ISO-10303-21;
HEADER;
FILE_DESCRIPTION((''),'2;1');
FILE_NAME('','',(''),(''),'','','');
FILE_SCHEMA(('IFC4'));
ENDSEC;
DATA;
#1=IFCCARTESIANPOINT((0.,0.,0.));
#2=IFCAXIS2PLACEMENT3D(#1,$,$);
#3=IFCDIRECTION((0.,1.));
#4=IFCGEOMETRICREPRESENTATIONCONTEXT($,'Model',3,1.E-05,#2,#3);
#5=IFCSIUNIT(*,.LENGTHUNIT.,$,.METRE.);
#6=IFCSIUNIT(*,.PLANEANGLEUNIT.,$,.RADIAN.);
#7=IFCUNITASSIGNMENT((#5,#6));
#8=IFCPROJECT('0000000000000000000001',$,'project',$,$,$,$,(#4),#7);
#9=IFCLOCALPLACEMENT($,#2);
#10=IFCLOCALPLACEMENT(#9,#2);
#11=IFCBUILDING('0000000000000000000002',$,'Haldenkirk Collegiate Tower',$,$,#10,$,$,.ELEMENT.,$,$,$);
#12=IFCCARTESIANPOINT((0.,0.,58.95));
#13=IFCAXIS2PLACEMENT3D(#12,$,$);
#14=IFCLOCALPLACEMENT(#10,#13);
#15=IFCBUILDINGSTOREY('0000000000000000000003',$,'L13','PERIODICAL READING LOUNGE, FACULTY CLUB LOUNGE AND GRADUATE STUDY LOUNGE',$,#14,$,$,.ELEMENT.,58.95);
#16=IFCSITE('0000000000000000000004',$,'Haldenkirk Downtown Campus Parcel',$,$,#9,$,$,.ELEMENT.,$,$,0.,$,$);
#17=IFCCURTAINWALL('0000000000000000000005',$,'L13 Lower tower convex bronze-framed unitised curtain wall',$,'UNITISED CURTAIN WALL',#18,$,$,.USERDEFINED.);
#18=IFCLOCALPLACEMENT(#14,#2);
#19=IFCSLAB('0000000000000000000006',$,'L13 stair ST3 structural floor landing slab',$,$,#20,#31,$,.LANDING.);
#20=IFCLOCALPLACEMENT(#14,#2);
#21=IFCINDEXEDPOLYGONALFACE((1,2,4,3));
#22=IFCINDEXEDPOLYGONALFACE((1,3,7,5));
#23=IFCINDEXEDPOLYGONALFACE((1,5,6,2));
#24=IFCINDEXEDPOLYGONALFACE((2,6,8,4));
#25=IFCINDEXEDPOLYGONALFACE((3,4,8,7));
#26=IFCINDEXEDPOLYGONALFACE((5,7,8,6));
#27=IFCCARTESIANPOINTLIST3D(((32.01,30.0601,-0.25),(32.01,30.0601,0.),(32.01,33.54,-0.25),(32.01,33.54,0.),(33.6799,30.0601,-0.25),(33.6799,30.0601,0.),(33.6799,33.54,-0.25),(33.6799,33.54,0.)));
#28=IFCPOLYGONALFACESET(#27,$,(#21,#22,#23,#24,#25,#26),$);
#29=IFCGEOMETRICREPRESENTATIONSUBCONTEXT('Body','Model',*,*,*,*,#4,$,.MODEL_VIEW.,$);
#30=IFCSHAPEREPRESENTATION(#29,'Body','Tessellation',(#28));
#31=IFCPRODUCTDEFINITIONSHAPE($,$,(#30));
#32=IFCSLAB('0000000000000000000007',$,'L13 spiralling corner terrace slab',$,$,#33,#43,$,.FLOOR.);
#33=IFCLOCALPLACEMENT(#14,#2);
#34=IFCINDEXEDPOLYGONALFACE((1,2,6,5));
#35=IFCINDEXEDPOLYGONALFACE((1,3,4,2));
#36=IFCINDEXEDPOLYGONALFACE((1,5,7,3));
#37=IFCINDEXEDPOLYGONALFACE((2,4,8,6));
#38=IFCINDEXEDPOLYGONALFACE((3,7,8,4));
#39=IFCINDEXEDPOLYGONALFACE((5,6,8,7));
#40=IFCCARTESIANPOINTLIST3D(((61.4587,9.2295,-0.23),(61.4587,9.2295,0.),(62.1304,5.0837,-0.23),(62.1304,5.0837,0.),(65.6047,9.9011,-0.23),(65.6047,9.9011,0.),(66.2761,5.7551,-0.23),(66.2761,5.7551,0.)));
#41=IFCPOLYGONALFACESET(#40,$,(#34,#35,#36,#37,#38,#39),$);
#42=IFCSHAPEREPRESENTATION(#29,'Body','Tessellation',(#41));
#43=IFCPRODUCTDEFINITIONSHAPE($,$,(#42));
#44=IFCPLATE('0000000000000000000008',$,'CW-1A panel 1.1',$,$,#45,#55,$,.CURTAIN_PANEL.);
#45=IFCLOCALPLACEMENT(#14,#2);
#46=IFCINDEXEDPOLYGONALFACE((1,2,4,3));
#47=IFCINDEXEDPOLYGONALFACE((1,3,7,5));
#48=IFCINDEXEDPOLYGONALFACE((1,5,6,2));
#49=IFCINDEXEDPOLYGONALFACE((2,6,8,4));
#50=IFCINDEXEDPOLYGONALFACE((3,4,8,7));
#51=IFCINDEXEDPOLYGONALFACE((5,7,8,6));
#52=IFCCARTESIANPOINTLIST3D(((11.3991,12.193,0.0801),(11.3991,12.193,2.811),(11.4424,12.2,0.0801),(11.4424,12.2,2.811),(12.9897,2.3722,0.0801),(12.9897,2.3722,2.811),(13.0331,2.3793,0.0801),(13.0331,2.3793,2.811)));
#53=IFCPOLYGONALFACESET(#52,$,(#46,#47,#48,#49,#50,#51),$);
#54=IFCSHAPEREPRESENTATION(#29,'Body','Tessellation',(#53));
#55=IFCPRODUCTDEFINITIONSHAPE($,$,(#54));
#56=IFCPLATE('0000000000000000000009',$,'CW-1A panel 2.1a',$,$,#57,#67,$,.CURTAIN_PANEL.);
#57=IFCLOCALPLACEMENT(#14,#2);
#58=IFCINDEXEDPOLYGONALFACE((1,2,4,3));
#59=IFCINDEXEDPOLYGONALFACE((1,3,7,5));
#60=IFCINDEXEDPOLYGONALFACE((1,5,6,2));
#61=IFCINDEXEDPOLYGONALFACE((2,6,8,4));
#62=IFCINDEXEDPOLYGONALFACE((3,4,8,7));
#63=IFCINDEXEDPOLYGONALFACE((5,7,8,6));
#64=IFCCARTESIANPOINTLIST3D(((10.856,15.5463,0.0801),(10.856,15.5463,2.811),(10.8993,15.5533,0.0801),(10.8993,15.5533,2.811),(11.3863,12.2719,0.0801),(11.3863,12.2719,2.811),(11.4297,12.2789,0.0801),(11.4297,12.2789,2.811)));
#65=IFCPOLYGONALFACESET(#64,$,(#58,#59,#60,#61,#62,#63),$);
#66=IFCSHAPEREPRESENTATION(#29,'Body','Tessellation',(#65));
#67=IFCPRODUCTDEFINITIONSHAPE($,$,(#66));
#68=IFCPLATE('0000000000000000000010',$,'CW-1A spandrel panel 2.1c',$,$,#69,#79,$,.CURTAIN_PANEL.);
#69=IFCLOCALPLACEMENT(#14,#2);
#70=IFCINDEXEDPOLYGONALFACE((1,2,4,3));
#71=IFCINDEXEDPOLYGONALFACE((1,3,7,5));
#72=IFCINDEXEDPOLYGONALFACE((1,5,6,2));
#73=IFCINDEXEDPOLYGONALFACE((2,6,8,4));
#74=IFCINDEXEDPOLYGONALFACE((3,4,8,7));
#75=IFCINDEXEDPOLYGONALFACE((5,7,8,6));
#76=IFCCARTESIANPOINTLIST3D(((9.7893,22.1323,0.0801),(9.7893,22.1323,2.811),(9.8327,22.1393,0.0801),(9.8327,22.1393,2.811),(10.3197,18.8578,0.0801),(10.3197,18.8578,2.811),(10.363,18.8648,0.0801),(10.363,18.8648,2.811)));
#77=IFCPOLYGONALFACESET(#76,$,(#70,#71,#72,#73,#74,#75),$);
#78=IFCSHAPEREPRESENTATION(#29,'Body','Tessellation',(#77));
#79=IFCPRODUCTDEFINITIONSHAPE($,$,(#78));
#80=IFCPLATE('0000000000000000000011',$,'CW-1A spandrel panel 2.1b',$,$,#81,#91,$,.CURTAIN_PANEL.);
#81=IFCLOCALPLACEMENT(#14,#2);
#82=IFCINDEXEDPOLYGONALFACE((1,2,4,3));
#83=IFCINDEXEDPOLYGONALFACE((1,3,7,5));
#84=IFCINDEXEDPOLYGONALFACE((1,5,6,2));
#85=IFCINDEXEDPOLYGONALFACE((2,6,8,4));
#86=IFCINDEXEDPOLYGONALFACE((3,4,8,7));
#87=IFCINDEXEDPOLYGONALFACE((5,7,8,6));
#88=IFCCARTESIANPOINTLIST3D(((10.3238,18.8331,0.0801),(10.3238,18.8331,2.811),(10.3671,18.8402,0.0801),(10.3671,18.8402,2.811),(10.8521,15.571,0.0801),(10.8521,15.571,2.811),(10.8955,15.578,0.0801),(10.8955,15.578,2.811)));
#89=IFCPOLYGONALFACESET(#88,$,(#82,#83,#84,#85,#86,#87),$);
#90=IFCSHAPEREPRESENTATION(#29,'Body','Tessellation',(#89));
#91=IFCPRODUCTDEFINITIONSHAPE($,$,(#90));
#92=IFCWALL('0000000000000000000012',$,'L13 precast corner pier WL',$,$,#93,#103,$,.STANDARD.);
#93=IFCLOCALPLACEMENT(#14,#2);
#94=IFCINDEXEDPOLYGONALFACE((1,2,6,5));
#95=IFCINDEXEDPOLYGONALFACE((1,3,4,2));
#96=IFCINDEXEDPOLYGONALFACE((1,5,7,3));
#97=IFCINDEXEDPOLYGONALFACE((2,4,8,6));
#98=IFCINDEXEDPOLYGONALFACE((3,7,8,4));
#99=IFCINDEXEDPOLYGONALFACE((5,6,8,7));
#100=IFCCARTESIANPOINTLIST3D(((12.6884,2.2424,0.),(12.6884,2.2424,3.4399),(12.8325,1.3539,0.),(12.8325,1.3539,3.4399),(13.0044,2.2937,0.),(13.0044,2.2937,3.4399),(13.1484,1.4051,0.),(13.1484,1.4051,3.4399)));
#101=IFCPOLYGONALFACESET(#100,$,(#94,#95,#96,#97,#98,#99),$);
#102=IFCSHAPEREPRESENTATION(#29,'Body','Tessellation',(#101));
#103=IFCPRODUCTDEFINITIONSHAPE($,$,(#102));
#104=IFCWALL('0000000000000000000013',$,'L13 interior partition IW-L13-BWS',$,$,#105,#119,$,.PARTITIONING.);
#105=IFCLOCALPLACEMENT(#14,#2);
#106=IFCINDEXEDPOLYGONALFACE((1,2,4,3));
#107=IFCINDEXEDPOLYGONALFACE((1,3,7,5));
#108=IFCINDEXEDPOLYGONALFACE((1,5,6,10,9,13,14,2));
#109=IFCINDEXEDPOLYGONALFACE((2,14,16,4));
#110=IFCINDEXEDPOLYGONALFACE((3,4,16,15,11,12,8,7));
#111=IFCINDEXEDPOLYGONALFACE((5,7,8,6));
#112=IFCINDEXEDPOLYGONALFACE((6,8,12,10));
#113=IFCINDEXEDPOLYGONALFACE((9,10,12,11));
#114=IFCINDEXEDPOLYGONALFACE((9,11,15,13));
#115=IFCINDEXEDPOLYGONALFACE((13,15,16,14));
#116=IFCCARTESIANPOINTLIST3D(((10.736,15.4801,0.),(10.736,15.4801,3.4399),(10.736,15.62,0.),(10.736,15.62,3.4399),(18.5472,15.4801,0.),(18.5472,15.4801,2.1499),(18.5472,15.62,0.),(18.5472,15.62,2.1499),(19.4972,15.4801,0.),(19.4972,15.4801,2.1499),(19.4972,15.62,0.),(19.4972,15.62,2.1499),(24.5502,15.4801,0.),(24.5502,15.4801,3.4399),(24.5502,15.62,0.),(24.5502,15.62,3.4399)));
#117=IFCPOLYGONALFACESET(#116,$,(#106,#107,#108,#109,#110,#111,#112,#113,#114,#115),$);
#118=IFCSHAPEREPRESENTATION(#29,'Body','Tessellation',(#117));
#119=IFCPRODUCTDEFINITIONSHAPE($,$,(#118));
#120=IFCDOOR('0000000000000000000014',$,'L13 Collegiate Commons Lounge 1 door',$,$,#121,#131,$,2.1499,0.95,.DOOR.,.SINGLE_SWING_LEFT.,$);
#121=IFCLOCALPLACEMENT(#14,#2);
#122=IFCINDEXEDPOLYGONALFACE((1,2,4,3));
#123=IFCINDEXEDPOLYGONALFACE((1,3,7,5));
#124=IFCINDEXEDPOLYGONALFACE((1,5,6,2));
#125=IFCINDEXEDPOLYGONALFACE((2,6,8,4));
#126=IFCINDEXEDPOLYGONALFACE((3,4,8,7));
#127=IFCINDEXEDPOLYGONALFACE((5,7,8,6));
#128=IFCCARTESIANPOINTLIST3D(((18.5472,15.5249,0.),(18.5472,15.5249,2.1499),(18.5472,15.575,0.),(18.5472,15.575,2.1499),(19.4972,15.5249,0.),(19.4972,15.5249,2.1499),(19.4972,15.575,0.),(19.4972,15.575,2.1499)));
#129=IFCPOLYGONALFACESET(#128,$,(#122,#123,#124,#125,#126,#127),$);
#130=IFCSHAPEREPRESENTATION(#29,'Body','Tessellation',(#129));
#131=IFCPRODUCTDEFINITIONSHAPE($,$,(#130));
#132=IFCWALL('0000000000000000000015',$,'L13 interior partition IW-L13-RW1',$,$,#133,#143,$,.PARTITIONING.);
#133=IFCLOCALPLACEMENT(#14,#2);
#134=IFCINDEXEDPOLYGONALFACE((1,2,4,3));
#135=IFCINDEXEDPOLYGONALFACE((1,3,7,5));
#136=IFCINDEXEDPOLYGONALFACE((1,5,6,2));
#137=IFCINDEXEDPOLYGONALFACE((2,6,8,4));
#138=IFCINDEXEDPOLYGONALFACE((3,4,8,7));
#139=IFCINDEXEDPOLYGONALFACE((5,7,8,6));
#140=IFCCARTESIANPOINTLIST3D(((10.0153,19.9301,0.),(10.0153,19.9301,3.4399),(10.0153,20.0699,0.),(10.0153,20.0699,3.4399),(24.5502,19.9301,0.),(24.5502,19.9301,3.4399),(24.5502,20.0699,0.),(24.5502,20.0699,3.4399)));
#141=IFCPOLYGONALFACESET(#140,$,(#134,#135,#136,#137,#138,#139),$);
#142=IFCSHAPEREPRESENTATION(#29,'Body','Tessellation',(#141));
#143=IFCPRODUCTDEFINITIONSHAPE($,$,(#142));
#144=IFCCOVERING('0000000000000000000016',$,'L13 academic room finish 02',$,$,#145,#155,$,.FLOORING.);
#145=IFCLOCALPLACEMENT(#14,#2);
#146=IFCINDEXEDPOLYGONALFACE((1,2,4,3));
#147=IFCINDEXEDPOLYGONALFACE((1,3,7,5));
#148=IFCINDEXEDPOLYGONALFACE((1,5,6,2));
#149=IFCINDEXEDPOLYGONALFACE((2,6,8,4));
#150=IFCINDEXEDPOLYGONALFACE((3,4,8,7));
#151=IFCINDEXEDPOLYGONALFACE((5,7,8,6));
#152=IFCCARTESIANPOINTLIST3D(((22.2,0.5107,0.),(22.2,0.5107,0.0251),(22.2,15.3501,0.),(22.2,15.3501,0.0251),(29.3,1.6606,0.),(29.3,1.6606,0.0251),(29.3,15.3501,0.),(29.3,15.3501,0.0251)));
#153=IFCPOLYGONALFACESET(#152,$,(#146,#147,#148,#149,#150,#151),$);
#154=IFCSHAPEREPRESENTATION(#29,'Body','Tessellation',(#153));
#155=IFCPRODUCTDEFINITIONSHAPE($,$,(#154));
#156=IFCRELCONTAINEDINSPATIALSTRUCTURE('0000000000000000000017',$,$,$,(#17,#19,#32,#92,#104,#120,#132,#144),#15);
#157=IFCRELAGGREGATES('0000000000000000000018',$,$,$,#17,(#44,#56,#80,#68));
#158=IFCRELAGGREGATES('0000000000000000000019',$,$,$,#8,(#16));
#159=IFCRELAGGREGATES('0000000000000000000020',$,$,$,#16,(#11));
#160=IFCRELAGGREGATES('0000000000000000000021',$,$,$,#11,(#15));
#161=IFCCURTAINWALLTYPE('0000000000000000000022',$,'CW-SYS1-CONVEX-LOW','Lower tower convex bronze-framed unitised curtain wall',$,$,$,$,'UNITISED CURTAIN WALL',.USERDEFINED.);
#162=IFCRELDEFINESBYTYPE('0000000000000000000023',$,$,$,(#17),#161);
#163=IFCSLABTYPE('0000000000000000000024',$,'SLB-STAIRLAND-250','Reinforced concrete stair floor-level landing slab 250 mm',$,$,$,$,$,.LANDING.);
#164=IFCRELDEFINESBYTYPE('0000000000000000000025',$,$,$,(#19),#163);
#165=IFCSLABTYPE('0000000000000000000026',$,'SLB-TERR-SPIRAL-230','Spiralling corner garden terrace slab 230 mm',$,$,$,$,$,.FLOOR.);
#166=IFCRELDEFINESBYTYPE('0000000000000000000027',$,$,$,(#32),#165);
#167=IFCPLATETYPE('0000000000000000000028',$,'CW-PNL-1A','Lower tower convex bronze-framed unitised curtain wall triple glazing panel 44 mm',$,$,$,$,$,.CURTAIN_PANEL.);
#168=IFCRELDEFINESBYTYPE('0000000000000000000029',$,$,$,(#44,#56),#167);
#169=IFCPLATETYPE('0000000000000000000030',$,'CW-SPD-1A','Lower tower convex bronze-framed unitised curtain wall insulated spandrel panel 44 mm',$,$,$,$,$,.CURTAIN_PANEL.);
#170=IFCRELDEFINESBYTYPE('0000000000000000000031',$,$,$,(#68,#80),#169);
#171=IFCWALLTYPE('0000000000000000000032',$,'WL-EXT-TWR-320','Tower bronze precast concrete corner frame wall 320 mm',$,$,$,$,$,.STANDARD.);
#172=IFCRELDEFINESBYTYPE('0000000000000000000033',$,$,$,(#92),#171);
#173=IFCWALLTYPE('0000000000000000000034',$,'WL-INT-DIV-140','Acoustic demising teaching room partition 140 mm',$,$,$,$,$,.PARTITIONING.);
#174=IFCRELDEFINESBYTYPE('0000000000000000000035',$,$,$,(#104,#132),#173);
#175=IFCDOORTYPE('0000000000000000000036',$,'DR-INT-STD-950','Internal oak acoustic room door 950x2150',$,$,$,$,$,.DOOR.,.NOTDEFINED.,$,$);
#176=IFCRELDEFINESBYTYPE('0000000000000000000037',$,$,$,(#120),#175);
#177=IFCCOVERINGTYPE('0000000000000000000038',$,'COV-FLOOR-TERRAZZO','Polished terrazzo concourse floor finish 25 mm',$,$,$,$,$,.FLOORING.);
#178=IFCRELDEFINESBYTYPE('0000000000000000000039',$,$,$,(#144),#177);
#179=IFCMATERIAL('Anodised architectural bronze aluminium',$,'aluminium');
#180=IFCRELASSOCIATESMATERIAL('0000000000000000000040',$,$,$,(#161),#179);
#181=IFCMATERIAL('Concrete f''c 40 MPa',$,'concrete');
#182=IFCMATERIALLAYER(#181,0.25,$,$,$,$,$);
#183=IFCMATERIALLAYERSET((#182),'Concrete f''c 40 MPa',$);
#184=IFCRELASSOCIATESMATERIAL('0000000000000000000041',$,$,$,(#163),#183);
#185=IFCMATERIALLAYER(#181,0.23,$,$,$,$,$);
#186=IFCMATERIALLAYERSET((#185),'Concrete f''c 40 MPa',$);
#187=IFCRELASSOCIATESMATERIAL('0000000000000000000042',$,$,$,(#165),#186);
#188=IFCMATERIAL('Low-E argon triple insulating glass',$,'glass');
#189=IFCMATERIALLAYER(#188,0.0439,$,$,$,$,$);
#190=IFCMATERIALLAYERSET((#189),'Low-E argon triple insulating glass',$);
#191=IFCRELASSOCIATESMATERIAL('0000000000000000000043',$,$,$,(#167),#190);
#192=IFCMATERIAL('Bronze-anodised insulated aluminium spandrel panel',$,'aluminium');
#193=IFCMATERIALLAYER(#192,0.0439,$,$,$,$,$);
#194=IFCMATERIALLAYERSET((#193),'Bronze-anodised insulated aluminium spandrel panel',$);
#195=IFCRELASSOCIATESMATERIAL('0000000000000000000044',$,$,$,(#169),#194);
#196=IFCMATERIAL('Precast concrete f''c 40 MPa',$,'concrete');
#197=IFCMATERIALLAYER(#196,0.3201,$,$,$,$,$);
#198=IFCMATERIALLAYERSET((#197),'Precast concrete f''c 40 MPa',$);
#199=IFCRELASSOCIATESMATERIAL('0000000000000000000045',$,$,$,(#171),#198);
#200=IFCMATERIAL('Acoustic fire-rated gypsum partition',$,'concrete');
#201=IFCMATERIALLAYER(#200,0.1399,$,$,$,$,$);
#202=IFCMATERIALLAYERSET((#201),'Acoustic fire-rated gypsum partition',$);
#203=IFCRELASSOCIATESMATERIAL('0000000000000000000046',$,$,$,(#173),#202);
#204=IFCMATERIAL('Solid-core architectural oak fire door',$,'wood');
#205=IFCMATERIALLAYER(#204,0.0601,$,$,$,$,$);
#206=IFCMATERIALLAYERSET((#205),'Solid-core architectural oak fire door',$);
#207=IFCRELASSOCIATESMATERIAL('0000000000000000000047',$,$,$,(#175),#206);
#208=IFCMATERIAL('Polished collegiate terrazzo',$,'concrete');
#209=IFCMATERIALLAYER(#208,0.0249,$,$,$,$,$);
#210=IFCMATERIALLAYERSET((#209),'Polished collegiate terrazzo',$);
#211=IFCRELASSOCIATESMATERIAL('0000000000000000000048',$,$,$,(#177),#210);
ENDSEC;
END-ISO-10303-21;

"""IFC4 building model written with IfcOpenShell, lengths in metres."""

from ifc_helpers import new_model, si_unit, direction, frame, frame_2d, origin, origin_2d, place, context, subcontext, project, spatial, polyline, rectangle, outline, extrude, source, transform, mapped, material, layer, layer_set, type_object, element, fill, aggregate, save


model = new_model("IFC4")

# Units and contexts
model_context = context("Model", 3, precision=1e-05, world=origin(), true_north=direction((0.0, 1.0)))
body_context = subcontext(model_context, "Body", "Model", "MODEL_VIEW")
ifc_project = project(units=[si_unit("LENGTHUNIT", "METRE"), si_unit("PLANEANGLEUNIT", "RADIAN")], contexts=[model_context])

# Site, building, storey
site_placement = place(None, origin())
site = spatial("IfcSite", under=ifc_project, at=site_placement, Name="Haldenkirk Downtown Campus Parcel", CompositionType="ELEMENT", RefElevation=0.0)
building_placement = place(site_placement, origin())
building = spatial("IfcBuilding", under=site, at=building_placement, Name="Haldenkirk Collegiate Tower", CompositionType="ELEMENT")
storey_placement = place(building_placement, frame((0.0, 0.0, 58.95)))
storey = spatial("IfcBuildingStorey", under=building, at=storey_placement, Name="L13", Description="PERIODICAL READING LOUNGE, FACULTY CLUB LOUNGE AND GRADUATE STUDY LOUNGE", CompositionType="ELEMENT", Elevation=58.95)

# Curtain wall
ifc_material_1 = material(Name="Anodised architectural bronze aluminium", Category="aluminium")
curtain_wall_type = type_object("IfcCurtainWallType", Name="CW-SYS1-CONVEX-LOW", Description="Lower tower convex bronze-framed unitised curtain wall", ElementType="UNITISED CURTAIN WALL", PredefinedType="USERDEFINED", material=ifc_material_1)
curtain_wall_placement = place(storey_placement, origin())
curtain_wall = element("IfcCurtainWall", 1, at=curtain_wall_placement, inside=storey, type_object=curtain_wall_type, Name="L13 Lower tower convex bronze-framed unitised curtain wall", ObjectType="UNITISED CURTAIN WALL", PredefinedType="USERDEFINED")

# Shared definitions
ifc_material_2 = material(Name="Concrete f'c 40 MPa", Category="concrete")

# Slabs
ifc_layer_1 = layer(ifc_material_2, 0.25)
ifc_layer_set_1 = layer_set([ifc_layer_1], Name="Concrete f'c 40 MPa")
slab_type_1 = type_object("IfcSlabType", Name="SLB-STAIRLAND-250", Description="Reinforced concrete stair floor-level landing slab 250 mm", PredefinedType="LANDING", material=ifc_layer_set_1)
slab_1_placement = place(storey_placement, frame((0.0, 0.0, -0.25)))
element("IfcSlab", 2, at=slab_1_placement, inside=storey, type_object=slab_type_1, Name="L13 stair ST3 structural floor landing slab", PredefinedType="LANDING", context=body_context, shape_type="SweptSolid", body=[
    extrude(outline(polyline([(32.01, 30.0601), (33.6799, 30.0601), (33.6799, 33.54), (32.01, 33.54), (32.01, 30.0601)])), origin(), (0.0, 0.0, 1.0), 0.25),
])
ifc_layer_2 = layer(ifc_material_2, 0.23)
ifc_layer_set_2 = layer_set([ifc_layer_2], Name="Concrete f'c 40 MPa")
slab_type_2 = type_object("IfcSlabType", Name="SLB-TERR-SPIRAL-230", Description="Spiralling corner garden terrace slab 230 mm", PredefinedType="FLOOR", material=ifc_layer_set_2)
slab_2_placement = place(storey_placement, frame((0.0, 0.0, -0.23)))
element("IfcSlab", 3, at=slab_2_placement, inside=storey, type_object=slab_type_2, Name="L13 spiralling corner terrace slab", PredefinedType="FLOOR", context=body_context, shape_type="SweptSolid", body=[
    extrude(outline(polyline([(62.1304, 5.0837), (66.2761, 5.7551), (65.6047, 9.9011), (61.4587, 9.2295), (62.1304, 5.0837)])), origin(), (0.0, 0.0, 1.0), 0.23),
])

# Plates
ifc_material_3 = material(Name="Low-E argon triple insulating glass", Category="glass")
ifc_layer_3 = layer(ifc_material_3, 0.0439)
ifc_layer_set_3 = layer_set([ifc_layer_3], Name="Low-E argon triple insulating glass")
plate_type_1 = type_object("IfcPlateType", Name="CW-PNL-1A", Description="Lower tower convex bronze-framed unitised curtain wall triple glazing panel 44 mm", PredefinedType="CURTAIN_PANEL", material=ifc_layer_set_3)
shared_shape_1 = source(origin(), body_context, "Body", "SweptSolid", [
    extrude(rectangle(XDim=9.9487, YDim=0.0439, at=origin_2d()), origin(), (0.0, 0.0, 1.0), 2.731),
])
plate_1_placement = place(storey_placement, frame((12.2161, 7.2861, 0.0801), z_axis=(0.0, 0.0, 1.0), x_axis=(-0.159881, 0.987136, 0.0)))
plate_1 = element("IfcPlate", 4, at=plate_1_placement, type_object=plate_type_1, Name="CW-1A panel 1.1", PredefinedType="CURTAIN_PANEL", context=body_context, shape_type="MappedRepresentation", body=[
    mapped(shared_shape_1, transform((0.0, 0.0, 0.0), x_axis=(1.0, 0.0, 0.0), y_axis=(0.0, 1.0, 0.0), z_axis=(0.0, 0.0, 1.0), scale=1.0)),
])
shared_shape_2 = source(origin(), body_context, "Body", "SweptSolid", [
    extrude(rectangle(XDim=3.3171, YDim=0.0439, at=origin_2d()), origin(), (0.0, 0.0, 1.0), 2.731),
])
plate_2_placement = place(storey_placement, frame((11.1428, 13.9126, 0.0801), z_axis=(0.0, 0.0, 1.0), x_axis=(-0.159881, 0.987136, 0.0)))
plate_2 = element("IfcPlate", 5, at=plate_2_placement, type_object=plate_type_1, Name="CW-1A panel 2.1a", PredefinedType="CURTAIN_PANEL", context=body_context, shape_type="MappedRepresentation", body=[
    mapped(shared_shape_2, transform((0.0, 0.0, 0.0), x_axis=(1.0, 0.0, 0.0), y_axis=(0.0, 1.0, 0.0), z_axis=(0.0, 0.0, 1.0), scale=1.0)),
])
ifc_material_4 = material(Name="Bronze-anodised insulated aluminium spandrel panel", Category="aluminium")
ifc_layer_4 = layer(ifc_material_4, 0.0439)
ifc_layer_set_4 = layer_set([ifc_layer_4], Name="Bronze-anodised insulated aluminium spandrel panel")
plate_type_2 = type_object("IfcPlateType", Name="CW-SPD-1A", Description="Lower tower convex bronze-framed unitised curtain wall insulated spandrel panel 44 mm", PredefinedType="CURTAIN_PANEL", material=ifc_layer_set_4)
plate_3_placement = place(storey_placement, frame((10.0762, 20.4985, 0.0801), z_axis=(0.0, 0.0, 1.0), x_axis=(-0.159881, 0.987136, 0.0)))
plate_3 = element("IfcPlate", 6, at=plate_3_placement, type_object=plate_type_2, Name="CW-1A spandrel panel 2.1c", PredefinedType="CURTAIN_PANEL", context=body_context, shape_type="MappedRepresentation", body=[
    mapped(shared_shape_2, transform((0.0, 0.0, 0.0), x_axis=(1.0, 0.0, 0.0), y_axis=(0.0, 1.0, 0.0), z_axis=(0.0, 0.0, 1.0), scale=1.0)),
])
shared_shape_3 = source(origin(), body_context, "Body", "SweptSolid", [
    extrude(rectangle(XDim=3.3047, YDim=0.0439, at=origin_2d()), origin(), (0.0, 0.0, 1.0), 2.731),
])
plate_4_placement = place(storey_placement, frame((10.6096, 17.2056, 0.0801), z_axis=(0.0, 0.0, 1.0), x_axis=(-0.159881, 0.987136, 0.0)))
plate_4 = element("IfcPlate", 7, at=plate_4_placement, type_object=plate_type_2, Name="CW-1A spandrel panel 2.1b", PredefinedType="CURTAIN_PANEL", context=body_context, shape_type="MappedRepresentation", body=[
    mapped(shared_shape_3, transform((0.0, 0.0, 0.0), x_axis=(1.0, 0.0, 0.0), y_axis=(0.0, 1.0, 0.0), z_axis=(0.0, 0.0, 1.0), scale=1.0)),
])
aggregate(curtain_wall, [plate_1, plate_2, plate_4, plate_3])

# Wall
ifc_material_5 = material(Name="Precast concrete f'c 40 MPa", Category="concrete")
ifc_layer_5 = layer(ifc_material_5, 0.3201)
ifc_layer_set_5 = layer_set([ifc_layer_5], Name="Precast concrete f'c 40 MPa")
wall_type_1 = type_object("IfcWallType", Name="WL-EXT-TWR-320", Description="Tower bronze precast concrete corner frame wall 320 mm", PredefinedType="STANDARD", material=ifc_layer_set_5)
wall_1_placement = place(storey_placement, frame((12.9905, 1.3794, 0.0), z_axis=(0.0, 0.0, 1.0), x_axis=(-0.160043, 0.98711, 0.0)))
element("IfcWall", 8, at=wall_1_placement, inside=storey, type_object=wall_type_1, Name="L13 precast corner pier WL", PredefinedType="STANDARD", context=body_context, shape_type="SweptSolid", body=[
    extrude(rectangle(XDim=0.9001, YDim=0.3201, at=frame_2d((0.4502, 0.0))), origin(), (0.0, 0.0, 1.0), 3.4399),
])

# Wall, opening, door
ifc_material_6 = material(Name="Acoustic fire-rated gypsum partition", Category="concrete")
ifc_layer_6 = layer(ifc_material_6, 0.1399)
ifc_layer_set_6 = layer_set([ifc_layer_6], Name="Acoustic fire-rated gypsum partition")
wall_type_2 = type_object("IfcWallType", Name="WL-INT-DIV-140", Description="Acoustic demising teaching room partition 140 mm", PredefinedType="PARTITIONING", material=ifc_layer_set_6)
wall_2_placement = place(storey_placement, frame((10.7358, 15.55, 0.0), z_axis=(0.0, 0.0, 1.0), x_axis=(1.0, 0.0, 0.0)))
wall_2 = element("IfcWall", 9, at=wall_2_placement, inside=storey, type_object=wall_type_2, Name="L13 interior partition IW-L13-BWS", PredefinedType="PARTITIONING", context=body_context, shape_type="SweptSolid", body=[
    extrude(rectangle(XDim=13.8142, YDim=0.1399, at=frame_2d((6.9072, 0.0))), origin(), (0.0, 0.0, 1.0), 3.4399),
])
opening_placement = place(wall_2_placement, frame((7.8113, 0.0, 0.0)))
opening = element("IfcOpeningElement", 10, at=opening_placement, cuts=wall_2, PredefinedType="OPENING", context=body_context, shape_type="SweptSolid", body=[
    extrude(rectangle(XDim=0.95, YDim=2.1499, at=frame_2d((0.4751, 1.075))), frame((0.0, 0.0798, 0.0), z_axis=(0.0, -1.0, 0.0), x_axis=(1.0, 0.0, 0.0)), (0.0, 0.0, 1.0), 0.1599),
])
ifc_material_7 = material(Name="Solid-core architectural oak fire door", Category="wood")
ifc_layer_7 = layer(ifc_material_7, 0.0601)
ifc_layer_set_7 = layer_set([ifc_layer_7], Name="Solid-core architectural oak fire door")
door_type = type_object("IfcDoorType", Name="DR-INT-STD-950", Description="Internal oak acoustic room door 950x2150", OperationType="NOTDEFINED", PredefinedType="DOOR", material=ifc_layer_set_7)
door_placement = place(opening_placement, origin())
door = element("IfcDoor", 11, at=door_placement, inside=storey, type_object=door_type, Name="L13 Collegiate Commons Lounge 1 door", OperationType="SINGLE_SWING_LEFT", OverallHeight=2.1499, OverallWidth=0.95, PredefinedType="DOOR", context=body_context, shape_type="SweptSolid", body=[
    extrude(rectangle(XDim=0.95, YDim=2.1499, at=frame_2d((0.4751, 1.075))), frame((0.0, 0.0249, 0.0), z_axis=(0.0, -1.0, 0.0), x_axis=(1.0, 0.0, 0.0)), (0.0, 0.0, 1.0), 0.05),
])
fill(opening, door)

# Wall
wall_3_placement = place(storey_placement, frame((10.0151, 20.0, 0.0), z_axis=(0.0, 0.0, 1.0), x_axis=(1.0, 0.0, 0.0)))
element("IfcWall", 12, at=wall_3_placement, inside=storey, type_object=wall_type_2, Name="L13 interior partition IW-L13-RW1", PredefinedType="PARTITIONING", context=body_context, shape_type="SweptSolid", body=[
    extrude(rectangle(XDim=14.5349, YDim=0.1399, at=frame_2d((7.2676, 0.0))), origin(), (0.0, 0.0, 1.0), 3.4399),
])

# Covering
ifc_material_8 = material(Name="Polished collegiate terrazzo", Category="concrete")
ifc_layer_8 = layer(ifc_material_8, 0.0249)
ifc_layer_set_8 = layer_set([ifc_layer_8], Name="Polished collegiate terrazzo")
covering_type_1 = type_object("IfcCoveringType", Name="COV-FLOOR-TERRAZZO", Description="Polished terrazzo concourse floor finish 25 mm", PredefinedType="FLOORING", material=ifc_layer_set_8)
covering_1_placement = place(storey_placement, origin())
element("IfcCovering", 13, at=covering_1_placement, inside=storey, type_object=covering_type_1, Name="L13 academic room finish 02", PredefinedType="FLOORING", context=body_context, shape_type="SweptSolid", body=[
    extrude(outline(polyline([(22.2, 0.5107), (22.2, 15.3501), (29.3, 15.3501), (29.3, 1.6606), (22.2, 0.5107)])), origin(), (0.0, 0.0, 1.0), 0.0251),
])

save(model, "model.ifc")
